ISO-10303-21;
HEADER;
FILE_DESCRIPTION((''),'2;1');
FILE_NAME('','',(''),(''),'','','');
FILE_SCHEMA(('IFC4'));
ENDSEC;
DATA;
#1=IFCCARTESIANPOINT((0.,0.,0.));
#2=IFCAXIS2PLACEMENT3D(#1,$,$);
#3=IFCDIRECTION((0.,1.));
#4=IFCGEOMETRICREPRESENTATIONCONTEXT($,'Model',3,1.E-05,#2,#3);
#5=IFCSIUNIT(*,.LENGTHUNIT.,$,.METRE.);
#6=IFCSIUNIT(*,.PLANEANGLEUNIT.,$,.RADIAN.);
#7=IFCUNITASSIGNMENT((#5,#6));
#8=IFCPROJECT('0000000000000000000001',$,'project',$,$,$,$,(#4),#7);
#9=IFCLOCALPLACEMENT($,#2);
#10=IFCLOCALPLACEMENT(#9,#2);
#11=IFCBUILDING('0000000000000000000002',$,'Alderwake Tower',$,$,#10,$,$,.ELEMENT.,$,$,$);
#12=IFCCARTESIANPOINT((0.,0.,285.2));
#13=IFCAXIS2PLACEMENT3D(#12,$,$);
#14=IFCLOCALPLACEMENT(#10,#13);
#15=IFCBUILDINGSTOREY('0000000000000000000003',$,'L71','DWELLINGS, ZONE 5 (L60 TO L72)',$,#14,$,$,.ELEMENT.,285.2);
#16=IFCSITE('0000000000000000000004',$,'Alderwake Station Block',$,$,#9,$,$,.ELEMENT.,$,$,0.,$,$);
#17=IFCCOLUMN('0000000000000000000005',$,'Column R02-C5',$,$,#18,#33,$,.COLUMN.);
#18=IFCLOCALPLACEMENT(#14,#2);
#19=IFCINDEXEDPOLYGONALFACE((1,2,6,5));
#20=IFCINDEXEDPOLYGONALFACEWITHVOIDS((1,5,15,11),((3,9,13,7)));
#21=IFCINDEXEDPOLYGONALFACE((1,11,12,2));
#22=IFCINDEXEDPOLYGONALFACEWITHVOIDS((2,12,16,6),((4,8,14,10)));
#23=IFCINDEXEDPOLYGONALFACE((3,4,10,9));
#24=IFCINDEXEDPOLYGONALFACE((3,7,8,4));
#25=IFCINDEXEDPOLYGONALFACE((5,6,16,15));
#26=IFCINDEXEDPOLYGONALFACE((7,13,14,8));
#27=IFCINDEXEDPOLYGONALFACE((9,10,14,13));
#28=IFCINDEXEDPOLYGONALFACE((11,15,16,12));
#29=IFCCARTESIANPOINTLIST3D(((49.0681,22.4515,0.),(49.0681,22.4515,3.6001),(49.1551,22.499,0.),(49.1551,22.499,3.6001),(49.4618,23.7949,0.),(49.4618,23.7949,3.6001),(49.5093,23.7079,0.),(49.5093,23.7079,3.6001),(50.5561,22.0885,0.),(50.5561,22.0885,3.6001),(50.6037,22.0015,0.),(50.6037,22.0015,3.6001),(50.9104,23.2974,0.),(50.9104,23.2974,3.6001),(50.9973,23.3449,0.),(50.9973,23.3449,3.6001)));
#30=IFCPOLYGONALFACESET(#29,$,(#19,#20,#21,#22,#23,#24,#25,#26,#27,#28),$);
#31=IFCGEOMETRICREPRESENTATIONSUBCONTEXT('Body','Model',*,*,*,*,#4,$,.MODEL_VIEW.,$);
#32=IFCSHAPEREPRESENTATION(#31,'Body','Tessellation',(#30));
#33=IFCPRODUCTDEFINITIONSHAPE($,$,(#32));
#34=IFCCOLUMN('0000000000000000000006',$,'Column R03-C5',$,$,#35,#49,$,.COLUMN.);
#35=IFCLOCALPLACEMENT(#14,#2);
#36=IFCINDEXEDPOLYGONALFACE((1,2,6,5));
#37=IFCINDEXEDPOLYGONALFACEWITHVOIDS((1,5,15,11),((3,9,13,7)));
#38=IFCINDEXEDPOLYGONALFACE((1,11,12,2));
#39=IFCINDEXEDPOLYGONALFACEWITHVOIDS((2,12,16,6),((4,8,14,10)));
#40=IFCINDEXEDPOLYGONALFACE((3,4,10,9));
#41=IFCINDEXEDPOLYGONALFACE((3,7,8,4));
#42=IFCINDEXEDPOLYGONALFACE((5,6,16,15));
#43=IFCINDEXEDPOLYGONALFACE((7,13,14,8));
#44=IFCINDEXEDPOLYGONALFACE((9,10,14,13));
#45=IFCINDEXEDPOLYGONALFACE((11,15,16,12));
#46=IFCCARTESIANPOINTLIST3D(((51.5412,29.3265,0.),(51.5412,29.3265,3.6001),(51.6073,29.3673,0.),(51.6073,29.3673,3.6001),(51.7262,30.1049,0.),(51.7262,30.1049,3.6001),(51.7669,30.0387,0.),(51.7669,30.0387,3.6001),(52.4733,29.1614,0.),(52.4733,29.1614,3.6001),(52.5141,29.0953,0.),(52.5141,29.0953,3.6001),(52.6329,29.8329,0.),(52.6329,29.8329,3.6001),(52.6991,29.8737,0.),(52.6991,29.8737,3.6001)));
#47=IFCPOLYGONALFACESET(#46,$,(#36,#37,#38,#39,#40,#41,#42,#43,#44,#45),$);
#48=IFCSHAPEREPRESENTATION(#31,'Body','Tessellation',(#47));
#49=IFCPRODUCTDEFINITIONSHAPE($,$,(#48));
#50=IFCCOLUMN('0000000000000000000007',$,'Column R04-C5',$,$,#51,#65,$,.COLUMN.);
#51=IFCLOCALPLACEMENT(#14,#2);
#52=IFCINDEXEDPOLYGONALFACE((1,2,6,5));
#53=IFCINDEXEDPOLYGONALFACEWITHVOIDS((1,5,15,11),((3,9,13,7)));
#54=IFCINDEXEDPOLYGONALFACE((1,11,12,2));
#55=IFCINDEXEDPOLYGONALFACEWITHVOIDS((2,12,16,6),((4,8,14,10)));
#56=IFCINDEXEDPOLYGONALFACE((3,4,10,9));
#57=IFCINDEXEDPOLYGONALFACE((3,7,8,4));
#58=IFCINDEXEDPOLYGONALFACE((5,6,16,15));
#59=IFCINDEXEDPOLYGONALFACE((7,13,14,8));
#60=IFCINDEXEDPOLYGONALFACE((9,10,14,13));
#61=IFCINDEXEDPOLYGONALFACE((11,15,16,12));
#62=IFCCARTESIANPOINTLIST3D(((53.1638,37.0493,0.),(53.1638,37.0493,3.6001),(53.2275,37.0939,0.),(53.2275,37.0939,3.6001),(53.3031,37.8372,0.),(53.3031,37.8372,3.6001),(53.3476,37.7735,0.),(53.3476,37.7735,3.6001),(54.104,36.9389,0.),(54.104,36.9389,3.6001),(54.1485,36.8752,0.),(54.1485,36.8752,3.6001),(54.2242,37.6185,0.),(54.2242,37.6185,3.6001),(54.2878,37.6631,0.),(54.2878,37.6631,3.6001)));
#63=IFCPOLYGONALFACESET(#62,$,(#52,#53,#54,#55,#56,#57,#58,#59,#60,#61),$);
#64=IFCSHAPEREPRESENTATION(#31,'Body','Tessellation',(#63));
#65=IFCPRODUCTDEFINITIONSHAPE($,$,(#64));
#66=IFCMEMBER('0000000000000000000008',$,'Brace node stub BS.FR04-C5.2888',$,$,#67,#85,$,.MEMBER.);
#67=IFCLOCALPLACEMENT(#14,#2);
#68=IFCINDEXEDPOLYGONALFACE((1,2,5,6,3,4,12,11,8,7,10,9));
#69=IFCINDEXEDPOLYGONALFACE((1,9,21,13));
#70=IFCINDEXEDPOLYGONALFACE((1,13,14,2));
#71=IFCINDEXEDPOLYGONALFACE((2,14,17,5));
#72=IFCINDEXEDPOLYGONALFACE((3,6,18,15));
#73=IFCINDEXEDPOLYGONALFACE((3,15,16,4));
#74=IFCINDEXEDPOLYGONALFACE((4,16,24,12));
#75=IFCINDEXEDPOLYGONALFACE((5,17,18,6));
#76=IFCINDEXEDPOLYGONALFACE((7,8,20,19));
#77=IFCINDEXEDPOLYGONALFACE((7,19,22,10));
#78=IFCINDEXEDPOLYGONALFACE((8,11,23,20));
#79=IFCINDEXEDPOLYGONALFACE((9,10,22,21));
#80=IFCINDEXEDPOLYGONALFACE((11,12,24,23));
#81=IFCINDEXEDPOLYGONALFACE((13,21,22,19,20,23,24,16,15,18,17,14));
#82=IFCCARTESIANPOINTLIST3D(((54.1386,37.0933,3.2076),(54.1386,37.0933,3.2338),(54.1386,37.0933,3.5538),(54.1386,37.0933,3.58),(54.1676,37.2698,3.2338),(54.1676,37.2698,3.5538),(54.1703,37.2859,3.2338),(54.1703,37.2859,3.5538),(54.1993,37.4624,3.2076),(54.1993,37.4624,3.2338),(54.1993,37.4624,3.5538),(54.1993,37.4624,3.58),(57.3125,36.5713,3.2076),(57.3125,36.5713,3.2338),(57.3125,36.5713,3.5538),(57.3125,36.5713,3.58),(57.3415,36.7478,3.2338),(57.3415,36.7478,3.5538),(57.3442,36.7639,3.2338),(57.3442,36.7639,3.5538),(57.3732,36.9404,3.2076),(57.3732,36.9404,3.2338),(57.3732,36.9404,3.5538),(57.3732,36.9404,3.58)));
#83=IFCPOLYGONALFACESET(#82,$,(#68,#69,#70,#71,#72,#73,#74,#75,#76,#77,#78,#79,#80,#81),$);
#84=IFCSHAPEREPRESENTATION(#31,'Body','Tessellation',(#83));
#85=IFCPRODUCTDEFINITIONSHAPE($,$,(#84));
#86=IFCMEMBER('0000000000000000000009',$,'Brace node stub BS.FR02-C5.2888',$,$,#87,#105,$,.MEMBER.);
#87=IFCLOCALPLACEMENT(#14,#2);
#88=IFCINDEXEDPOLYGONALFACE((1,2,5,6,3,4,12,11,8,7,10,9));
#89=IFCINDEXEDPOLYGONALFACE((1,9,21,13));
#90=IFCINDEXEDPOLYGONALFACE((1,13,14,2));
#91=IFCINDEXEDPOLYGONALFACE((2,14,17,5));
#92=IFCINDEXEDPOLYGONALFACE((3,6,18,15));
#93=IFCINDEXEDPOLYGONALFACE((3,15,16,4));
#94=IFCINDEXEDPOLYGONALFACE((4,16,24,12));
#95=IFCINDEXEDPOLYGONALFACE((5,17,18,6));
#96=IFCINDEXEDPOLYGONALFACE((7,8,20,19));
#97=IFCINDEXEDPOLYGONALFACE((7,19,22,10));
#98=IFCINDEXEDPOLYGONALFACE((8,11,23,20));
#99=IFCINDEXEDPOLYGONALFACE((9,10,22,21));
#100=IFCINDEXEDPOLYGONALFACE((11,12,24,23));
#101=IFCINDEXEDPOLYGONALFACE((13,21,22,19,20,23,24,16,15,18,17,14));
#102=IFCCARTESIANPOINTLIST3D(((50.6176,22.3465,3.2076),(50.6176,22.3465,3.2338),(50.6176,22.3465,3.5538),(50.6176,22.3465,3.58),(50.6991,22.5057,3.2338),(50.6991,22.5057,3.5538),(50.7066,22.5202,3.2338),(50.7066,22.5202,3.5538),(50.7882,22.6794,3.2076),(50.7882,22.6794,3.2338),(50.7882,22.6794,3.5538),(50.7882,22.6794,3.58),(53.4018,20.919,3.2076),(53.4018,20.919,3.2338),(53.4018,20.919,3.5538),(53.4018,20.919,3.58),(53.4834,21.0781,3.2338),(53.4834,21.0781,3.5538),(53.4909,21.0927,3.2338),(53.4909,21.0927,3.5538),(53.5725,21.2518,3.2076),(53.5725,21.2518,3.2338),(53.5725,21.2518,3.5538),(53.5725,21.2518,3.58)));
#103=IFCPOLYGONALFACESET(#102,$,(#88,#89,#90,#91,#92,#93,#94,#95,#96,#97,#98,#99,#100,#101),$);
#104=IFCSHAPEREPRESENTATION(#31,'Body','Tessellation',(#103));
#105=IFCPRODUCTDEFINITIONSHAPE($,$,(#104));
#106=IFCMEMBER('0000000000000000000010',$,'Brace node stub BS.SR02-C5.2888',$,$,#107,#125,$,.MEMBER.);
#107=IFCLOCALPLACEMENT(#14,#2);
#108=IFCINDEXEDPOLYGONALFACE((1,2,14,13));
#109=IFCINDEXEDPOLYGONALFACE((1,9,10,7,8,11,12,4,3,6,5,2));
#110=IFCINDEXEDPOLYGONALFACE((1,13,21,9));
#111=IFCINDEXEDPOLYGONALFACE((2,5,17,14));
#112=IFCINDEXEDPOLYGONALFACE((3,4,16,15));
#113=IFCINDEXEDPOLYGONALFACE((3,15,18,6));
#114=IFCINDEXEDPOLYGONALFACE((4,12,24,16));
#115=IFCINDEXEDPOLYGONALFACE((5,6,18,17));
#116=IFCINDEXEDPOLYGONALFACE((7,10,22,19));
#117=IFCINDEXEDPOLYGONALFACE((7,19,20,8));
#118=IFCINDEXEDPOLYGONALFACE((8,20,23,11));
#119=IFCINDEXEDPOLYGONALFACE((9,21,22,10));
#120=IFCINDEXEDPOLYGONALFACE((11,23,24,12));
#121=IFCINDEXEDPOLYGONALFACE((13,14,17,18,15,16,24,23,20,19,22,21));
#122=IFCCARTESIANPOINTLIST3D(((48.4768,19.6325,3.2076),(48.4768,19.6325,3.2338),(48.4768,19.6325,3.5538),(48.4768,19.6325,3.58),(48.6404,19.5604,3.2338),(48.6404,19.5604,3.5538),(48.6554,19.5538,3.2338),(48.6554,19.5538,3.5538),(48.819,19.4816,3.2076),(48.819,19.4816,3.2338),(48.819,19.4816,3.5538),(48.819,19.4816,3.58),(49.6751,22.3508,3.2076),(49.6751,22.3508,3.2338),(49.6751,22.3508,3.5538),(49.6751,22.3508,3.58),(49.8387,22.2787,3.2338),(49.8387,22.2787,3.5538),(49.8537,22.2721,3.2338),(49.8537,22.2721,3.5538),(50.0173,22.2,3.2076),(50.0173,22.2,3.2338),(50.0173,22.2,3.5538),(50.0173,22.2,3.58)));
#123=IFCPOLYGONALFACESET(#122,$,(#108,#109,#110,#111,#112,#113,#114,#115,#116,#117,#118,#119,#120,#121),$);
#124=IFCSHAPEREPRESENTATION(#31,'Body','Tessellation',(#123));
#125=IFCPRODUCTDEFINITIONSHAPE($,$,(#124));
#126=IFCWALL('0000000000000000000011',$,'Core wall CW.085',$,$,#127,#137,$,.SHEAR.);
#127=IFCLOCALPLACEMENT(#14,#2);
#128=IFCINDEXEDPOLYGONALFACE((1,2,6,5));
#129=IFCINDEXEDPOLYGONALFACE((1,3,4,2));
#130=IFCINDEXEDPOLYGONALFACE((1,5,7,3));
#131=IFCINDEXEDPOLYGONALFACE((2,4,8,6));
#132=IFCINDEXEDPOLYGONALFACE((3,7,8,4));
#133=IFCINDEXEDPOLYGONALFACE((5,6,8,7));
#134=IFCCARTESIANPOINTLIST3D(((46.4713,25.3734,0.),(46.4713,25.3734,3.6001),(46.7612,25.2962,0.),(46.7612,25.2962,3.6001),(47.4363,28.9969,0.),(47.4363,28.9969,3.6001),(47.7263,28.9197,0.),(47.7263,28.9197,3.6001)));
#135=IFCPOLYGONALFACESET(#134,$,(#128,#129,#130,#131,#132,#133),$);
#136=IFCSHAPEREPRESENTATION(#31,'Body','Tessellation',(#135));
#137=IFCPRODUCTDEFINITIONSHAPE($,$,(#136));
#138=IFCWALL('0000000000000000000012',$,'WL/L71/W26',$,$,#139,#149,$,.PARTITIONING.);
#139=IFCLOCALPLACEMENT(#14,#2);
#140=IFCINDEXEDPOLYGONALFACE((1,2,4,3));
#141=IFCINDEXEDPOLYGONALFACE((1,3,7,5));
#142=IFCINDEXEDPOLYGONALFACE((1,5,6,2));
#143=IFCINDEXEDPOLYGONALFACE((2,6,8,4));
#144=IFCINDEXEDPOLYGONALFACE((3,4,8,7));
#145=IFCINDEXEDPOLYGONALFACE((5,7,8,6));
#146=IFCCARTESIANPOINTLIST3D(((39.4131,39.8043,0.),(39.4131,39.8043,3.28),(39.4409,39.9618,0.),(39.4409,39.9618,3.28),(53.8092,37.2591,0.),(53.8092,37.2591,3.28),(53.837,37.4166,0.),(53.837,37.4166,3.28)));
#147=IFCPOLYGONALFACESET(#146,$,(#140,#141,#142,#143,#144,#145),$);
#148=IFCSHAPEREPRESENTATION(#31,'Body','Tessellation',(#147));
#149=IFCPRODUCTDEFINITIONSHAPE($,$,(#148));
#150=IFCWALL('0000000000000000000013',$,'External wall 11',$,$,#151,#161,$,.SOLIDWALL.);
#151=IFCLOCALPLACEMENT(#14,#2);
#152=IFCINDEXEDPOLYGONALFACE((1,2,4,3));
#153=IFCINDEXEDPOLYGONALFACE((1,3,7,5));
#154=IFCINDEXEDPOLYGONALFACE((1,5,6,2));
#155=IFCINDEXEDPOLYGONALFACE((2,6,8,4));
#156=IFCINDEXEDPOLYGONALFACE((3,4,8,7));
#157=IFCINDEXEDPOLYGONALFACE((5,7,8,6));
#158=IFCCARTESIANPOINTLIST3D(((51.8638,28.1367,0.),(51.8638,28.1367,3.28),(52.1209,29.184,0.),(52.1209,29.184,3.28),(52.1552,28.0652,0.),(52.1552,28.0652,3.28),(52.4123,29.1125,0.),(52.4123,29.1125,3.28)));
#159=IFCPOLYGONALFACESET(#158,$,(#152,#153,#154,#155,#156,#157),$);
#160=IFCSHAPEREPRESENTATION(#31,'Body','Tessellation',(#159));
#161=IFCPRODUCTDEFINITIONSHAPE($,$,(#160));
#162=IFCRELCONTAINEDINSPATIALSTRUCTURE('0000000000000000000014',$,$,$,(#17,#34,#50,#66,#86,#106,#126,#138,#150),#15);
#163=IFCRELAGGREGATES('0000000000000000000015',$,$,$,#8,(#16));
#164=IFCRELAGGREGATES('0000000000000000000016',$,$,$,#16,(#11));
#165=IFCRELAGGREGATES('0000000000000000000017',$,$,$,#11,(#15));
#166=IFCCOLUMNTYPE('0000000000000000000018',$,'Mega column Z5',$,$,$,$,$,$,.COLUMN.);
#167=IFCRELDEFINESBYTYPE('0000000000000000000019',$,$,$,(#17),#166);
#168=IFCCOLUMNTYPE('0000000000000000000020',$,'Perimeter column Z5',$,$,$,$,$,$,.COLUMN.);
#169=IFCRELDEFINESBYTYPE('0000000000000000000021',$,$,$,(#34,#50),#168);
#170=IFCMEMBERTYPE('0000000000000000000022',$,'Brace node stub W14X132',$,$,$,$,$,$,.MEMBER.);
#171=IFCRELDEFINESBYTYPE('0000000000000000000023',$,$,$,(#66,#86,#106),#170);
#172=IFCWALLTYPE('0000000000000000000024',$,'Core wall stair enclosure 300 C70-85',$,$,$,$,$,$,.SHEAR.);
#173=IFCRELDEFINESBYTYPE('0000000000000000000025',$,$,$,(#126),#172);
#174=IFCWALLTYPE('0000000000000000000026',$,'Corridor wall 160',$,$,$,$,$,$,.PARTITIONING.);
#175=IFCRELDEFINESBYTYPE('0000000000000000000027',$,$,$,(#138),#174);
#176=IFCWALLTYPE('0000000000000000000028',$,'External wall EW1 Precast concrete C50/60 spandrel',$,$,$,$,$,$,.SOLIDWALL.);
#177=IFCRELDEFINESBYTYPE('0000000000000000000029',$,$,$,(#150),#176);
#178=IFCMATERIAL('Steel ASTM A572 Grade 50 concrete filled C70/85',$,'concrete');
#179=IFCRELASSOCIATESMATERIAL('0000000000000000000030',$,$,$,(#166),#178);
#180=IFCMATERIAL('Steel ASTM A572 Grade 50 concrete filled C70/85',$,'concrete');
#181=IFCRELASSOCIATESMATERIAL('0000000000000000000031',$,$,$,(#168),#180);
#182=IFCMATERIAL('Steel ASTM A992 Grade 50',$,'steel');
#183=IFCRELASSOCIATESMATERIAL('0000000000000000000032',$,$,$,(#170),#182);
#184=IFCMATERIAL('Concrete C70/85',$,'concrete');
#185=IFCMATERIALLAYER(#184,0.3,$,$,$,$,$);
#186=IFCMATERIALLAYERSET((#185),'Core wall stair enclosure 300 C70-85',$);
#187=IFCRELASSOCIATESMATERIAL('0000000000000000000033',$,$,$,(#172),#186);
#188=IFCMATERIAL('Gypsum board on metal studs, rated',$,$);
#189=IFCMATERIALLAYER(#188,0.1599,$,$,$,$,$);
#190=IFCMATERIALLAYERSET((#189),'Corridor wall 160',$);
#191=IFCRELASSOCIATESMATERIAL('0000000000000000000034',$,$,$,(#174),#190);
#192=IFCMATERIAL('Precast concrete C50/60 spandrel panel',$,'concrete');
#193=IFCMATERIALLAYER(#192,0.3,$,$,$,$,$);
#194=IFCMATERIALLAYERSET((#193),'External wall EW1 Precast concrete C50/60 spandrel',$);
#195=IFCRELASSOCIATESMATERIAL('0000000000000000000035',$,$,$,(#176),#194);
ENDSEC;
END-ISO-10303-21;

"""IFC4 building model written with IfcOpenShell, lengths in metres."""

from ifc_helpers import new_model, si_unit, direction, frame, frame_2d, origin, origin_2d, place, context, subcontext, project, spatial, rectangle, hollow_rectangle, i_section, extrude, material, layer, layer_set, material_profile, profile_set, type_object, element, save


model = new_model("IFC4")

# Units and contexts
model_context = context("Model", 3, precision=1e-05, world=origin(), true_north=direction((0.0, 1.0)))
body_context = subcontext(model_context, "Body", "Model", "MODEL_VIEW")
ifc_project = project(units=[si_unit("LENGTHUNIT", "METRE"), si_unit("PLANEANGLEUNIT", "RADIAN")], contexts=[model_context])

# Site, building, storey
site_placement = place(None, origin())
site = spatial("IfcSite", under=ifc_project, at=site_placement, Name="Alderwake Station Block", CompositionType="ELEMENT", RefElevation=0.0)
building_placement = place(site_placement, origin())
building = spatial("IfcBuilding", under=site, at=building_placement, Name="Alderwake Tower", CompositionType="ELEMENT")
storey_placement = place(building_placement, frame((0.0, 0.0, 285.2)))
storey = spatial("IfcBuildingStorey", under=building, at=storey_placement, Name="L71", Description="DWELLINGS, ZONE 5 (L60 TO L72)", CompositionType="ELEMENT", Elevation=285.2)

# Columns
ifc_material_1 = material(Name="Steel ASTM A572 Grade 50 concrete filled C70/85", Category="concrete")
ifc_material_profile_1 = material_profile(ifc_material_1, hollow_rectangle(XDim=1.3999, YDim=1.6001, WallThickness=0.0701, at=origin_2d()), Name="BOX 1600X1400X70")
ifc_profile_set_1 = profile_set([ifc_material_profile_1], Name="Steel ASTM A572 Grade 50 concrete filled C70/85")
column_type_1 = type_object("IfcColumnType", Name="Mega column Z5", PredefinedType="COLUMN", material=ifc_profile_set_1)
column_placement = place(storey_placement, frame((50.0327, 22.8982, 0.0), z_axis=(0.0, 0.0, 1.0), x_axis=(0.281194, 0.959651, 0.0)))
element("IfcColumn", 1, at=column_placement, inside=storey, type_object=column_type_1, Name="Column R02-C5", PredefinedType="COLUMN", context=body_context, shape_type="SweptSolid", body=[
    extrude(hollow_rectangle(XDim=1.3999, YDim=1.6001, WallThickness=0.0701, at=origin_2d()), origin(), (0.0, 0.0, 1.0), 3.6001),
])
ifc_material_2 = material(Name="Steel ASTM A572 Grade 50 concrete filled C70/85", Category="concrete")
ifc_material_profile_2 = material_profile(ifc_material_2, hollow_rectangle(XDim=0.8, YDim=1.0, WallThickness=0.0549, at=origin_2d()), Name="BOX 1000X800X55")
ifc_profile_set_2 = profile_set([ifc_material_profile_2], Name="Steel ASTM A572 Grade 50 concrete filled C70/85")
column_type_2 = type_object("IfcColumnType", Name="Perimeter column Z5", PredefinedType="COLUMN", material=ifc_profile_set_2)
for number, where, z_axis, x_axis, name in (
    (2, (52.1201, 29.6001, 0.0), (0.0, 0.0, 1.0), (0.231222, 0.972901, 0.0), "Column R03-C5"),
    (3, (53.7258, 37.3562, 0.0), (0.0, 0.0, 1.0), (0.174109, 0.984726, 0.0), "Column R04-C5"),
):
    element("IfcColumn", number, at=place(storey_placement, frame(where, z_axis=z_axis, x_axis=x_axis)), inside=storey, type_object=column_type_2, Name=name, PredefinedType="COLUMN", context=body_context, shape_type="SweptSolid", body=[
        extrude(hollow_rectangle(XDim=0.8, YDim=1.0, WallThickness=0.0549, at=origin_2d()), origin(), (0.0, 0.0, 1.0), 3.6001),
    ])

# Members
ifc_material_3 = material(Name="Steel ASTM A992 Grade 50", Category="steel")
ifc_material_profile_3 = material_profile(ifc_material_3, i_section(OverallWidth=0.374, OverallDepth=0.3723, WebThickness=0.0164, FlangeThickness=0.0261, at=origin_2d()), Name="W14X132")
ifc_profile_set_3 = profile_set([ifc_material_profile_3], Name="Steel ASTM A992 Grade 50")
member_type = type_object("IfcMemberType", Name="Brace node stub W14X132", PredefinedType="MEMBER", material=ifc_profile_set_3)
member_1_placement = place(storey_placement, frame((54.1689, 37.2778, 3.3938), z_axis=(0.986745, -0.162282, 0.0), x_axis=(0.162282, 0.986745, 0.0)))
element("IfcMember", 4, at=member_1_placement, inside=storey, type_object=member_type, Name="Brace node stub BS.FR04-C5.2888", PredefinedType="MEMBER", context=body_context, shape_type="SweptSolid", body=[
    extrude(i_section(OverallWidth=0.374, OverallDepth=0.3723, WebThickness=0.0164, FlangeThickness=0.0261, at=origin_2d()), origin(), (0.0, 0.0, 1.0), 3.2166),
])
member_2_placement = place(storey_placement, frame((50.7029, 22.5129, 3.3938), z_axis=(0.889856, -0.456242, 0.0), x_axis=(0.456242, 0.889856, 0.0)))
element("IfcMember", 5, at=member_2_placement, inside=storey, type_object=member_type, Name="Brace node stub BS.FR02-C5.2888", PredefinedType="MEMBER", context=body_context, shape_type="SweptSolid", body=[
    extrude(i_section(OverallWidth=0.374, OverallDepth=0.3723, WebThickness=0.0164, FlangeThickness=0.0261, at=origin_2d()), origin(), (0.0, 0.0, 1.0), 3.1289),
])
member_3_placement = place(storey_placement, frame((49.8462, 22.2754, 3.3938), z_axis=(-0.403361, -0.915041, 0.0), x_axis=(0.915041, -0.403361, 0.0)))
element("IfcMember", 6, at=member_3_placement, inside=storey, type_object=member_type, Name="Brace node stub BS.SR02-C5.2888", PredefinedType="MEMBER", context=body_context, shape_type="SweptSolid", body=[
    extrude(i_section(OverallWidth=0.374, OverallDepth=0.3723, WebThickness=0.0164, FlangeThickness=0.0261, at=origin_2d()), origin(), (0.0, 0.0, 1.0), 2.9707),
])

# Walls
ifc_material_4 = material(Name="Concrete C70/85", Category="concrete")
ifc_layer_1 = layer(ifc_material_4, 0.3)
ifc_layer_set_1 = layer_set([ifc_layer_1], Name="Core wall stair enclosure 300 C70-85")
wall_type_1 = type_object("IfcWallType", Name="Core wall stair enclosure 300 C70-85", PredefinedType="SHEAR", material=ifc_layer_set_1)
wall_1_placement = place(storey_placement, frame((46.6162, 25.3347, 0.0), z_axis=(0.0, 0.0, 1.0), x_axis=(0.257367, 0.966314, 0.0)))
element("IfcWall", 7, at=wall_1_placement, inside=storey, type_object=wall_type_1, Name="Core wall CW.085", PredefinedType="SHEAR", context=body_context, shape_type="SweptSolid", body=[
    extrude(rectangle(XDim=3.7498, YDim=0.3, at=frame_2d((1.875, 0.0))), origin(), (0.0, 0.0, 1.0), 3.6001),
])
ifc_material_5 = material(Name="Gypsum board on metal studs, rated")
ifc_layer_2 = layer(ifc_material_5, 0.1599)
ifc_layer_set_2 = layer_set([ifc_layer_2], Name="Corridor wall 160")
wall_type_2 = type_object("IfcWallType", Name="Corridor wall 160", PredefinedType="PARTITIONING", material=ifc_layer_set_2)
wall_2_placement = place(storey_placement, frame((53.823, 37.3379, 0.0), z_axis=(0.0, 0.0, 1.0), x_axis=(-0.984729, 0.174094, 0.0)))
element("IfcWall", 8, at=wall_2_placement, inside=storey, type_object=wall_type_2, Name="WL/L71/W26", PredefinedType="PARTITIONING", context=body_context, shape_type="SweptSolid", body=[
    extrude(rectangle(XDim=14.6194, YDim=0.1599, at=frame_2d((7.3096, 0.0))), origin(), (0.0, 0.0, 1.0), 3.28),
])
ifc_material_6 = material(Name="Precast concrete C50/60 spandrel panel", Category="concrete")
ifc_layer_3 = layer(ifc_material_6, 0.3)
ifc_layer_set_3 = layer_set([ifc_layer_3], Name="External wall EW1 Precast concrete C50/60 spandrel")
wall_type_3 = type_object("IfcWallType", Name="External wall EW1 Precast concrete C50/60 spandrel", PredefinedType="SOLIDWALL", material=ifc_layer_set_3)
wall_3_placement = place(storey_placement, frame((52.0095, 28.1011, 0.0), z_axis=(0.0, 0.0, 1.0), x_axis=(0.238379, 0.971172, 0.0)))
element("IfcWall", 9, at=wall_3_placement, inside=storey, type_object=wall_type_3, Name="External wall 11", PredefinedType="SOLIDWALL", context=body_context, shape_type="SweptSolid", body=[
    extrude(rectangle(XDim=1.0784, YDim=0.3, at=frame_2d((0.5391, 0.0))), origin(), (0.0, 0.0, 1.0), 3.28),
])

save(model, "model.ifc")
